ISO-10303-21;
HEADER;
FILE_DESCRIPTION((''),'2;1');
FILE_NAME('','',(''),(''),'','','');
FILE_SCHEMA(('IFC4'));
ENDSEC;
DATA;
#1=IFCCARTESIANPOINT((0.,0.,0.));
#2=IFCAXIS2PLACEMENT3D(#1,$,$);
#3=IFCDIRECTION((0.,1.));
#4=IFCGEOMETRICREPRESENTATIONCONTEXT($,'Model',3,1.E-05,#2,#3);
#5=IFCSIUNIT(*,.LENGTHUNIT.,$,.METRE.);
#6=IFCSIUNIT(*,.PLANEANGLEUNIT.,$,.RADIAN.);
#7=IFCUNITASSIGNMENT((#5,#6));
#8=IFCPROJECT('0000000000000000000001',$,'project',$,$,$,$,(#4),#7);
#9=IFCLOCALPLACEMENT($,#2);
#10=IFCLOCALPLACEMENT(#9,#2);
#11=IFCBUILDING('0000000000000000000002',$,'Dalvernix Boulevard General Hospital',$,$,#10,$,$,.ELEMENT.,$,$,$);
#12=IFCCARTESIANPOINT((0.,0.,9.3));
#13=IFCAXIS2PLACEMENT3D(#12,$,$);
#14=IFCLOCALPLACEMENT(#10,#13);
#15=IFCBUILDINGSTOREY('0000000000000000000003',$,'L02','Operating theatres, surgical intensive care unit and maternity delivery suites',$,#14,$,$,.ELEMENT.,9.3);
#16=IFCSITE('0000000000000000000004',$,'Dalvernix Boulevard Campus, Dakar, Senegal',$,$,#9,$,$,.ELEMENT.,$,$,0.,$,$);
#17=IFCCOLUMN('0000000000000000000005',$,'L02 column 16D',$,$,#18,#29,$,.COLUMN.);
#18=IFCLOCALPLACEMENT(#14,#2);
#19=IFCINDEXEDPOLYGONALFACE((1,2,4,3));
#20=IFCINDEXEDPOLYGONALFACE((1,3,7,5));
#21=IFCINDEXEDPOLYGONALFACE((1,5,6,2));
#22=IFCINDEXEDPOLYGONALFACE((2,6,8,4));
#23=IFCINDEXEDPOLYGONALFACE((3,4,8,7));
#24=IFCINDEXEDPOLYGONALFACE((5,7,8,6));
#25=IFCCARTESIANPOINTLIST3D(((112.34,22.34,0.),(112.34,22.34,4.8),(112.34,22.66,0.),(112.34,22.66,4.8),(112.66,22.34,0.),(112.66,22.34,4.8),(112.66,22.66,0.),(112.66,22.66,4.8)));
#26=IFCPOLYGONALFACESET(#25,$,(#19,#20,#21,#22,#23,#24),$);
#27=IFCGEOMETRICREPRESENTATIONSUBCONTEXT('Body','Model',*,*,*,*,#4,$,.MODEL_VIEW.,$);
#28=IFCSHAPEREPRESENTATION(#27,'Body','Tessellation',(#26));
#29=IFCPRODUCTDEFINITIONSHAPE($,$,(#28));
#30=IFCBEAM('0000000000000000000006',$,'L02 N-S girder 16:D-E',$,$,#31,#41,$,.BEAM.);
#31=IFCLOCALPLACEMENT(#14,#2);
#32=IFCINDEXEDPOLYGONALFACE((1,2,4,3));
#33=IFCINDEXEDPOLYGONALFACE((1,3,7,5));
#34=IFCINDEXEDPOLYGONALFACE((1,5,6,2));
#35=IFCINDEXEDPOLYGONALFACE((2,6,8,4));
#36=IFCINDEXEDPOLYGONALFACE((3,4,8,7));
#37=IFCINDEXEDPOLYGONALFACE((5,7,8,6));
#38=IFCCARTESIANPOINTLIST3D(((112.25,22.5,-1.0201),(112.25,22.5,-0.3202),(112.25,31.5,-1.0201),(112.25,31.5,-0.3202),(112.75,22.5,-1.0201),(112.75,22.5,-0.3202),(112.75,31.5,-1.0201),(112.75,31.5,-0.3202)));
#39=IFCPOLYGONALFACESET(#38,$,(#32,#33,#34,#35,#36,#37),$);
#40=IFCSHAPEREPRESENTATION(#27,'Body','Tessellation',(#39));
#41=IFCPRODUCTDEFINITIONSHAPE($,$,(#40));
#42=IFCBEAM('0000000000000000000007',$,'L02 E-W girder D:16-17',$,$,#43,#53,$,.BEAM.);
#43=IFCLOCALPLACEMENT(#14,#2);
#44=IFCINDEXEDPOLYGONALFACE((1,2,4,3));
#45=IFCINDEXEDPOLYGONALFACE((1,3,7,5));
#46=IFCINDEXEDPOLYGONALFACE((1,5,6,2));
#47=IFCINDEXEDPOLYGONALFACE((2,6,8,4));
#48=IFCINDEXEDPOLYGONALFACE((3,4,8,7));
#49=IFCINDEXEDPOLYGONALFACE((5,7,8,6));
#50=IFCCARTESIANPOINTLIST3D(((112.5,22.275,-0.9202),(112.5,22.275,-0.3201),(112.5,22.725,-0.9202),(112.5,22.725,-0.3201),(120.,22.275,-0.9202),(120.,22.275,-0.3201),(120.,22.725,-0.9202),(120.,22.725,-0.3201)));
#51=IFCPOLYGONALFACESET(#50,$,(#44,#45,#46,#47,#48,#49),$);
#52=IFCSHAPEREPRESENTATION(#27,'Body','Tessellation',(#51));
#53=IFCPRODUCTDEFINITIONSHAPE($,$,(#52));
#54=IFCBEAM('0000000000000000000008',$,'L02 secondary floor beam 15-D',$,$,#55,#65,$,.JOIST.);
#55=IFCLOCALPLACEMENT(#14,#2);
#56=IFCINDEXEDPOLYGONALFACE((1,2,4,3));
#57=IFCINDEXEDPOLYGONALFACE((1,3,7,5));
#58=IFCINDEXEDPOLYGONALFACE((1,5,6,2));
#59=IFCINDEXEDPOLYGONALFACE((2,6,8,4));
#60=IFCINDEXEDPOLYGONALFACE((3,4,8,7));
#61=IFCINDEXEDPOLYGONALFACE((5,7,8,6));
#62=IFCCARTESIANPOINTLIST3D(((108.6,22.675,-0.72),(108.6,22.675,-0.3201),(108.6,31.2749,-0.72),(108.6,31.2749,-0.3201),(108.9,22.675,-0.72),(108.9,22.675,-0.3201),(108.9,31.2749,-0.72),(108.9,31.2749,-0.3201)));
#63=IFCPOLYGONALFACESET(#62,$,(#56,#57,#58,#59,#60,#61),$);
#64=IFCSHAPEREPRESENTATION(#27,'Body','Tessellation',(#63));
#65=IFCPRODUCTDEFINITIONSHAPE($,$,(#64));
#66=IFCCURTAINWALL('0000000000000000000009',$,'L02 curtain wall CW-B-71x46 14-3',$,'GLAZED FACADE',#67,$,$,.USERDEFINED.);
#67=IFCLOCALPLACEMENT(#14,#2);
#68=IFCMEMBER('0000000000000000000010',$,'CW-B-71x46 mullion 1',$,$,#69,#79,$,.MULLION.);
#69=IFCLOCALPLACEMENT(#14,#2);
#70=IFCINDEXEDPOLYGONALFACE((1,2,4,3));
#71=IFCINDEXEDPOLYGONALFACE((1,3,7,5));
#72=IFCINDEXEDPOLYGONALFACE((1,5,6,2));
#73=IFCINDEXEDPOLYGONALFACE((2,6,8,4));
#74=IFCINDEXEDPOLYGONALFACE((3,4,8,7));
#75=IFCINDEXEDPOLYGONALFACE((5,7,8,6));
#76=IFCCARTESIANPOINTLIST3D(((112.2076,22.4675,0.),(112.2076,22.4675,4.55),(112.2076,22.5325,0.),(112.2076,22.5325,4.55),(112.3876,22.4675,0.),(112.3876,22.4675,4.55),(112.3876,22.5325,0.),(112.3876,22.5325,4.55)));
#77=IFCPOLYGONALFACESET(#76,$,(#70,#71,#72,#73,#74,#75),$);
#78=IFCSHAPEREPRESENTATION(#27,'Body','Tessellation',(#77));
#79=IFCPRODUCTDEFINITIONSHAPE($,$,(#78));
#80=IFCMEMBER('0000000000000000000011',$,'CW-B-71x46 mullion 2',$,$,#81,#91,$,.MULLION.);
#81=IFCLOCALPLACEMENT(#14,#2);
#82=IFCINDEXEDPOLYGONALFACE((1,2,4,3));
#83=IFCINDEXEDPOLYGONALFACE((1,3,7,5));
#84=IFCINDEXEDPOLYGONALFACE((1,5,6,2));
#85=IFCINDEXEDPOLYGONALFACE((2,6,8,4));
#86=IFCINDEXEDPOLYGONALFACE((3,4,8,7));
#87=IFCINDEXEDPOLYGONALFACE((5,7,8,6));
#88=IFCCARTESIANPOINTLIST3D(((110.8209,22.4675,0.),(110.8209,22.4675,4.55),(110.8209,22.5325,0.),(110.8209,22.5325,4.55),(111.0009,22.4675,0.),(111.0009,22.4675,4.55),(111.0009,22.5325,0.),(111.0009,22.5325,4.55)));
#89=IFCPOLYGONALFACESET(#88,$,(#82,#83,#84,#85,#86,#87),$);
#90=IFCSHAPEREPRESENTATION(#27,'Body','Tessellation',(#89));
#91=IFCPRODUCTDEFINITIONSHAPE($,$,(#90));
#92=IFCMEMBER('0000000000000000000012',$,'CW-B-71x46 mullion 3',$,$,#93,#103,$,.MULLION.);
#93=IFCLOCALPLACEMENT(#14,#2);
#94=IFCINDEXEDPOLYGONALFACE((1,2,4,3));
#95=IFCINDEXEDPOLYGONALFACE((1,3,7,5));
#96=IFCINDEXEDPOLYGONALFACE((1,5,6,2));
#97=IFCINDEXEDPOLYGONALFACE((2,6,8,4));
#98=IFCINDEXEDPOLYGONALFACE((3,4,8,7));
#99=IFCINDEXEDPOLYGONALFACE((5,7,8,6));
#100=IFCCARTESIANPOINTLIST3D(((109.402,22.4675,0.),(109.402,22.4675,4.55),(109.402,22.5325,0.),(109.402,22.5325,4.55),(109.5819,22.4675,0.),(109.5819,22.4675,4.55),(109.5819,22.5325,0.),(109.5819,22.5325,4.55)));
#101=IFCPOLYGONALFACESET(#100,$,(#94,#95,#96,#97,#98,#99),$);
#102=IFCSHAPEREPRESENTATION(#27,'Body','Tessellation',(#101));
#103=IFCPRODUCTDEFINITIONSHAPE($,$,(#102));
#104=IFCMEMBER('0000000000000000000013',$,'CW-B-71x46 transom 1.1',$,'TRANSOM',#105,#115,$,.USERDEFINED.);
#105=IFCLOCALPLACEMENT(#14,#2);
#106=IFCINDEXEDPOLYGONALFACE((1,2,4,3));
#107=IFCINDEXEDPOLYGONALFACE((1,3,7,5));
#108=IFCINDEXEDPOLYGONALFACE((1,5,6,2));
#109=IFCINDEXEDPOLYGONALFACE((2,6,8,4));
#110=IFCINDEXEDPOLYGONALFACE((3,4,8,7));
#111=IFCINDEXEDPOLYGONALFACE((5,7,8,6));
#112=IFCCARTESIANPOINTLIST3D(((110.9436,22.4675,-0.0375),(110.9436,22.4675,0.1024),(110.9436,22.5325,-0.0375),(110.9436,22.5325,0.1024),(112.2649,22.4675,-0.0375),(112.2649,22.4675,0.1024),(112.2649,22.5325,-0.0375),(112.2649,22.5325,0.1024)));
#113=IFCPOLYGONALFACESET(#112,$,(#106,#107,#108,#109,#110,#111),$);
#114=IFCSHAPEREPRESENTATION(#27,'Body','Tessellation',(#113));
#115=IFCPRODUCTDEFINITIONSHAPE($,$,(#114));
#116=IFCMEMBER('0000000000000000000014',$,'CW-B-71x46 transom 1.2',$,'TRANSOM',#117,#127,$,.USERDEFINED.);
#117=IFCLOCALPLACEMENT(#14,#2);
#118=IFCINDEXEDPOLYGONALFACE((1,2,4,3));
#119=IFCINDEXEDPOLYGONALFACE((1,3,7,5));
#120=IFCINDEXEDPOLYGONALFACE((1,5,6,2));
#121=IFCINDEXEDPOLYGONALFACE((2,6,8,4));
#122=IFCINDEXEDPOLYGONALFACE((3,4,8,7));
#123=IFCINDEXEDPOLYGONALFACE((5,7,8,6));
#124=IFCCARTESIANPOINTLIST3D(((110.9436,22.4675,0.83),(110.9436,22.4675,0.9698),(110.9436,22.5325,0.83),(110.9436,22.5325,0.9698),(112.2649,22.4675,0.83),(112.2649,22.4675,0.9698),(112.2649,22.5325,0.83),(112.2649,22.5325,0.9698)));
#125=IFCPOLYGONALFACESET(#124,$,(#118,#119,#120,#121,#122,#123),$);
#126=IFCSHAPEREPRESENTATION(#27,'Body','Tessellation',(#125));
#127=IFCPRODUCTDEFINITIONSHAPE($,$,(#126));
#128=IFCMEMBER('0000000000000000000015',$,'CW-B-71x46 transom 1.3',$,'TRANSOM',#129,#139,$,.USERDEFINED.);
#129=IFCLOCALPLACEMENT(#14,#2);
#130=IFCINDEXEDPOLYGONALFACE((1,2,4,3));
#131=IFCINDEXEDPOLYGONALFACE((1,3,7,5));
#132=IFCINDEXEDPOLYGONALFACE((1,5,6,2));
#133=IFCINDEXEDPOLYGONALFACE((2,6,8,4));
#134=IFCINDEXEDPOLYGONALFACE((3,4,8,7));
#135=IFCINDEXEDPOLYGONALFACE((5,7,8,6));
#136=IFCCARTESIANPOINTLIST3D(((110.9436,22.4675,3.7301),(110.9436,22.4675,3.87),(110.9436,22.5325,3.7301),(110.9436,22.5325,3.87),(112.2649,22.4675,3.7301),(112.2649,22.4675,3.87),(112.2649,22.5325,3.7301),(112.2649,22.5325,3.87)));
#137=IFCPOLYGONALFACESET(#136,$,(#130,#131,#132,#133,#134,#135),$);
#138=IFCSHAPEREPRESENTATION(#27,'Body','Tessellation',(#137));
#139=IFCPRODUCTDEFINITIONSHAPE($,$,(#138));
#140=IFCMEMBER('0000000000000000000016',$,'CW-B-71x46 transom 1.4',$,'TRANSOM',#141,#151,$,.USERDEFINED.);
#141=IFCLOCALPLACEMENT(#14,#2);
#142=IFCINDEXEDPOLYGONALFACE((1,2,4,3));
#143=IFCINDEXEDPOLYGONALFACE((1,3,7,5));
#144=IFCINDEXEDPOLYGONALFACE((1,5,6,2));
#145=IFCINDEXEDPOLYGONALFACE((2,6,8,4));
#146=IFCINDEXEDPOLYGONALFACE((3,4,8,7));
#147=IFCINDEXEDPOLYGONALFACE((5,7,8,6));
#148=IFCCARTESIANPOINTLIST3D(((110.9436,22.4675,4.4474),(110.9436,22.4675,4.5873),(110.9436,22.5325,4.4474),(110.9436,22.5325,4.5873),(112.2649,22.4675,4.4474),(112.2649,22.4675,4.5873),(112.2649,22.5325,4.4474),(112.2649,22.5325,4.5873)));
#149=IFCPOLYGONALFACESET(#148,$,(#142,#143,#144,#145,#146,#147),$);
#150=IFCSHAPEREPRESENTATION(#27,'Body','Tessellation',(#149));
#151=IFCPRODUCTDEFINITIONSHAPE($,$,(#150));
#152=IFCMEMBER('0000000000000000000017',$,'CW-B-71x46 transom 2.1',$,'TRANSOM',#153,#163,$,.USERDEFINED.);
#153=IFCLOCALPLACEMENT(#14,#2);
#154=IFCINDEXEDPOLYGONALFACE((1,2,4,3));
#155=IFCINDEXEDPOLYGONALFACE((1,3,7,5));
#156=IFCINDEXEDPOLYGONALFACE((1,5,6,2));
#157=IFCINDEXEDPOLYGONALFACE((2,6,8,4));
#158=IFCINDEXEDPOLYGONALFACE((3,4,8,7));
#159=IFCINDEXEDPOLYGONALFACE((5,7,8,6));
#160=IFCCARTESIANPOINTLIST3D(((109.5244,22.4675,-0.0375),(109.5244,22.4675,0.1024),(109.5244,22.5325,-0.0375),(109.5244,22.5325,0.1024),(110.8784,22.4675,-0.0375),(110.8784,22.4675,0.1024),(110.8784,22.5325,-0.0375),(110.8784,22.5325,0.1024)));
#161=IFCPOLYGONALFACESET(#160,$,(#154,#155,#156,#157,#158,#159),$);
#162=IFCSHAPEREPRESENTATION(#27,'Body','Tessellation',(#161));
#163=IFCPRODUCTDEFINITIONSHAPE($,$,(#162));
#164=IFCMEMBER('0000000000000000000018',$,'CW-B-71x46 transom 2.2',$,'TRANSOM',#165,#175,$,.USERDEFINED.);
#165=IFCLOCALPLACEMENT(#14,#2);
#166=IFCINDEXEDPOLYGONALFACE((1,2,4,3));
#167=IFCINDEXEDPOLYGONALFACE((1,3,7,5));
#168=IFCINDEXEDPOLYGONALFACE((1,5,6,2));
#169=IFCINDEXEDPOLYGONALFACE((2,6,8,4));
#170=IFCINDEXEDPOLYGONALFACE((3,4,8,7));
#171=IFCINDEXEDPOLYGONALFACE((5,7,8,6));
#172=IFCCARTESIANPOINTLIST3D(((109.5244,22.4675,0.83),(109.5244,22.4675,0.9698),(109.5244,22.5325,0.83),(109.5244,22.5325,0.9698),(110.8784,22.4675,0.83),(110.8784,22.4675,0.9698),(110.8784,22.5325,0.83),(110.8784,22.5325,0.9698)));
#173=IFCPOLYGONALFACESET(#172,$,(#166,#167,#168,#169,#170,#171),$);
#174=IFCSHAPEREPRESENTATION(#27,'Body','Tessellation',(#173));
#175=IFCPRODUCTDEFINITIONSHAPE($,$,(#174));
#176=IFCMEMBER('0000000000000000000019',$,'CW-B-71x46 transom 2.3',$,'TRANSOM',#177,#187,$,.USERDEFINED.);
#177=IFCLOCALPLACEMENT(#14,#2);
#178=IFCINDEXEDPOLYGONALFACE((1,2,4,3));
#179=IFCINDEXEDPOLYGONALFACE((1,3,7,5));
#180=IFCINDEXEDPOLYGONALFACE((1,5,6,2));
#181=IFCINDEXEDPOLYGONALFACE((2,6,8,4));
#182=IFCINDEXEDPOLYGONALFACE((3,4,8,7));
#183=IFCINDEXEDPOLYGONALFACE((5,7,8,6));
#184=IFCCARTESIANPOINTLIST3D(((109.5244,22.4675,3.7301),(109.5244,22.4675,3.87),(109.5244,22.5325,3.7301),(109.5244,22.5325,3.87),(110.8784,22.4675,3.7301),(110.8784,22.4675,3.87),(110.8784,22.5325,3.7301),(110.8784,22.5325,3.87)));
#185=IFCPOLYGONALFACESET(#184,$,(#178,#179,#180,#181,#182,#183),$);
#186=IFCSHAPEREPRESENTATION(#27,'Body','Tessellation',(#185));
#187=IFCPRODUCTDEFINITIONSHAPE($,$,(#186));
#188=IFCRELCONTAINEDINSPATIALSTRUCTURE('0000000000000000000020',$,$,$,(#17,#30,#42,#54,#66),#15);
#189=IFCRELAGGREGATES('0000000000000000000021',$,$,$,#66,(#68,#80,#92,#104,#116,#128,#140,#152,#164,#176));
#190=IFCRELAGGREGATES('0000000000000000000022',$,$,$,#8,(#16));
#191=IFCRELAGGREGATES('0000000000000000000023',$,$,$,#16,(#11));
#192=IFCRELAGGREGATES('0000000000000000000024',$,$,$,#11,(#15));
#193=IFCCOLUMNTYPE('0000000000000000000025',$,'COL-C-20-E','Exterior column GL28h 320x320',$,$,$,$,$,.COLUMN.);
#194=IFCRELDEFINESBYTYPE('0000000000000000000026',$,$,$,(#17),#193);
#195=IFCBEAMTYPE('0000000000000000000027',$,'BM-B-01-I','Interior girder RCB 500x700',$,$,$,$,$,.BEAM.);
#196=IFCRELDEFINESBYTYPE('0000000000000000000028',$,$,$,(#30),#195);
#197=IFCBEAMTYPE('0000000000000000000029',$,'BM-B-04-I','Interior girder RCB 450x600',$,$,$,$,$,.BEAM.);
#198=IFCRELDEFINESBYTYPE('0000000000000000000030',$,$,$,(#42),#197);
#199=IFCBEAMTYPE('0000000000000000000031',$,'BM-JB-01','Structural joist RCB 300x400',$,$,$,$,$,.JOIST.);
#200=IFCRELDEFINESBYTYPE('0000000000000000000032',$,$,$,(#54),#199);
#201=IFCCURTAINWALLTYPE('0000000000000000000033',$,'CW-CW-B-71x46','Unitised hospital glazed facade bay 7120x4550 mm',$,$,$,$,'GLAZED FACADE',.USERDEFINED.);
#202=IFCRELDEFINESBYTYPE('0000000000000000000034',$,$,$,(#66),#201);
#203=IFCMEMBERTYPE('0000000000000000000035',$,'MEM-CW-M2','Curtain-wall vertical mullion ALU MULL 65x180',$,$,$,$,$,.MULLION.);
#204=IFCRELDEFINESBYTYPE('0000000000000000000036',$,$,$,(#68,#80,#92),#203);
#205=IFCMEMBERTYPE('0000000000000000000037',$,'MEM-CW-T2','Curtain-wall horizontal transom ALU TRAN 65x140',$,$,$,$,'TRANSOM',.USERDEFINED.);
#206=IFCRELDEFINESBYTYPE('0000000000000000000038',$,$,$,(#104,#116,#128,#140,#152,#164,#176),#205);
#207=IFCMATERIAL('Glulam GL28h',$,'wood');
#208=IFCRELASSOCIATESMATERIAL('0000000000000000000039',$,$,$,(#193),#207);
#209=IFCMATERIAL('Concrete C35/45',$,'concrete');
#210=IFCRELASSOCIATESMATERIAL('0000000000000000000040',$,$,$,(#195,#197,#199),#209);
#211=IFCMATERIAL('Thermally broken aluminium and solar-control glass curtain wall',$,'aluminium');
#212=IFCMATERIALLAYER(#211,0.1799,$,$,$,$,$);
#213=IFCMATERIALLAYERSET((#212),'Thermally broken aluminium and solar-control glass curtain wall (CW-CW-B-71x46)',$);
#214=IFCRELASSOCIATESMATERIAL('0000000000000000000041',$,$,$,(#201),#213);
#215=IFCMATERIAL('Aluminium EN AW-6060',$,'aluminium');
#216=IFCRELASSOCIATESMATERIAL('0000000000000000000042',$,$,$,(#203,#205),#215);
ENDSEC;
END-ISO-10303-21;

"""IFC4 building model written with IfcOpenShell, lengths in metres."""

from ifc_helpers import new_model, si_unit, direction, frame, origin, origin_2d, place, context, subcontext, project, spatial, rectangle, extrude, material, layer, layer_set, material_profile, profile_set, type_object, element, aggregate, save


model = new_model("IFC4")

# Units and contexts
model_context = context("Model", 3, precision=1e-05, world=origin(), true_north=direction((0.0, 1.0)))
body_context = subcontext(model_context, "Body", "Model", "MODEL_VIEW")
ifc_project = project(units=[si_unit("LENGTHUNIT", "METRE"), si_unit("PLANEANGLEUNIT", "RADIAN")], contexts=[model_context])

# Site, building, storey
site_placement = place(None, origin())
site = spatial("IfcSite", under=ifc_project, at=site_placement, Name="Dalvernix Boulevard Campus, Dakar, Senegal", CompositionType="ELEMENT", RefElevation=0.0)
building_placement = place(site_placement, origin())
building = spatial("IfcBuilding", under=site, at=building_placement, Name="Dalvernix Boulevard General Hospital", CompositionType="ELEMENT")
storey_placement = place(building_placement, frame((0.0, 0.0, 9.3)))
storey = spatial("IfcBuildingStorey", under=building, at=storey_placement, Name="L02", Description="Operating theatres, surgical intensive care unit and maternity delivery suites", CompositionType="ELEMENT", Elevation=9.3)

# Column
ifc_material_1 = material(Name="Glulam GL28h", Category="wood")
ifc_material_profile_1 = material_profile(ifc_material_1, rectangle(XDim=0.3201, YDim=0.3201, at=origin_2d()), Name="GL28h 320x320")
ifc_profile_set_1 = profile_set([ifc_material_profile_1], Name="Glulam GL28h")
column_type = type_object("IfcColumnType", Name="COL-C-20-E", Description="Exterior column GL28h 320x320", PredefinedType="COLUMN", material=ifc_profile_set_1)
column_placement = place(storey_placement, frame((112.5, 22.5, 0.0), z_axis=(0.0, 0.0, 1.0), x_axis=(1.0, 0.0, 0.0)))
element("IfcColumn", 1, at=column_placement, inside=storey, type_object=column_type, Name="L02 column 16D", PredefinedType="COLUMN", context=body_context, shape_type="SweptSolid", body=[
    extrude(rectangle(XDim=0.3201, YDim=0.3201, at=origin_2d()), origin(), (0.0, 0.0, 1.0), 4.8),
])

# Beams
ifc_material_2 = material(Name="Concrete C35/45", Category="concrete")
ifc_material_profile_2 = material_profile(ifc_material_2, rectangle(XDim=0.5, YDim=0.7, at=origin_2d()), Name="RCB 500x700")
ifc_profile_set_2 = profile_set([ifc_material_profile_2], Name="Concrete C35/45")
beam_type_1 = type_object("IfcBeamType", Name="BM-B-01-I", Description="Interior girder RCB 500x700", PredefinedType="BEAM", material=ifc_profile_set_2)
beam_1_placement = place(storey_placement, frame((112.5, 22.5, -0.6702), z_axis=(0.0, 1.0, 0.0), x_axis=(-1.0, 0.0, 0.0)))
element("IfcBeam", 2, at=beam_1_placement, inside=storey, type_object=beam_type_1, Name="L02 N-S girder 16:D-E", PredefinedType="BEAM", context=body_context, shape_type="SweptSolid", body=[
    extrude(rectangle(XDim=0.5, YDim=0.7, at=origin_2d()), origin(), (0.0, 0.0, 1.0), 9.0),
])
ifc_material_profile_3 = material_profile(ifc_material_2, rectangle(XDim=0.45, YDim=0.6001, at=origin_2d()), Name="RCB 450x600")
ifc_profile_set_3 = profile_set([ifc_material_profile_3], Name="Concrete C35/45")
beam_type_2 = type_object("IfcBeamType", Name="BM-B-04-I", Description="Interior girder RCB 450x600", PredefinedType="BEAM", material=ifc_profile_set_3)
beam_2_placement = place(storey_placement, frame((112.5, 22.5, -0.6201), z_axis=(1.0, 0.0, 0.0), x_axis=(0.0, 1.0, 0.0)))
element("IfcBeam", 3, at=beam_2_placement, inside=storey, type_object=beam_type_2, Name="L02 E-W girder D:16-17", PredefinedType="BEAM", context=body_context, shape_type="SweptSolid", body=[
    extrude(rectangle(XDim=0.45, YDim=0.6001, at=origin_2d()), origin(), (0.0, 0.0, 1.0), 7.5),
])
ifc_material_profile_4 = material_profile(ifc_material_2, rectangle(XDim=0.3, YDim=0.3999, at=origin_2d()), Name="RCB 300x400")
ifc_profile_set_4 = profile_set([ifc_material_profile_4], Name="Concrete C35/45")
beam_type_3 = type_object("IfcBeamType", Name="BM-JB-01", Description="Structural joist RCB 300x400", PredefinedType="JOIST", material=ifc_profile_set_4)
beam_3_placement = place(storey_placement, frame((108.75, 22.675, -0.52), z_axis=(0.0, 1.0, 0.0), x_axis=(-1.0, 0.0, 0.0)))
element("IfcBeam", 4, at=beam_3_placement, inside=storey, type_object=beam_type_3, Name="L02 secondary floor beam 15-D", PredefinedType="JOIST", context=body_context, shape_type="SweptSolid", body=[
    extrude(rectangle(XDim=0.3, YDim=0.3999, at=origin_2d()), origin(), (0.0, 0.0, 1.0), 8.5999),
])

# Curtain wall, members
ifc_material_3 = material(Name="Thermally broken aluminium and solar-control glass curtain wall", Category="aluminium")
ifc_layer_1 = layer(ifc_material_3, 0.1799)
ifc_layer_set_1 = layer_set([ifc_layer_1], Name="Thermally broken aluminium and solar-control glass curtain wall (CW-CW-B-71x46)")
curtain_wall_type = type_object("IfcCurtainWallType", Name="CW-CW-B-71x46", Description="Unitised hospital glazed facade bay 7120x4550 mm", ElementType="GLAZED FACADE", PredefinedType="USERDEFINED", material=ifc_layer_set_1)
curtain_wall_placement = place(storey_placement, origin())
curtain_wall = element("IfcCurtainWall", 5, at=curtain_wall_placement, inside=storey, type_object=curtain_wall_type, Name="L02 curtain wall CW-B-71x46 14-3", ObjectType="GLAZED FACADE", PredefinedType="USERDEFINED")
ifc_material_4 = material(Name="Aluminium EN AW-6060", Category="aluminium")
ifc_material_profile_5 = material_profile(ifc_material_4, rectangle(XDim=0.0649, YDim=0.1799, at=origin_2d()), Name="ALU MULL 65x180")
ifc_profile_set_5 = profile_set([ifc_material_profile_5], Name="Aluminium EN AW-6060")
member_type_1 = type_object("IfcMemberType", Name="MEM-CW-M2", Description="Curtain-wall vertical mullion ALU MULL 65x180", PredefinedType="MULLION", material=ifc_profile_set_5)
member_1_placement = place(storey_placement, frame((112.2976, 22.5, 0.0), z_axis=(0.0, 0.0, 1.0), x_axis=(0.0, -1.0, 0.0)))
member_1 = element("IfcMember", 6, at=member_1_placement, type_object=member_type_1, Name="CW-B-71x46 mullion 1", PredefinedType="MULLION", context=body_context, shape_type="SweptSolid", body=[
    extrude(rectangle(XDim=0.0649, YDim=0.1799, at=origin_2d()), origin(), (0.0, 0.0, 1.0), 4.55),
])
member_2_placement = place(storey_placement, frame((110.9109, 22.5, 0.0), z_axis=(0.0, 0.0, 1.0), x_axis=(0.0, -1.0, 0.0)))
member_2 = element("IfcMember", 7, at=member_2_placement, type_object=member_type_1, Name="CW-B-71x46 mullion 2", PredefinedType="MULLION", context=body_context, shape_type="SweptSolid", body=[
    extrude(rectangle(XDim=0.0649, YDim=0.1799, at=origin_2d()), origin(), (0.0, 0.0, 1.0), 4.55),
])
member_3_placement = place(storey_placement, frame((109.4919, 22.5, 0.0), z_axis=(0.0, 0.0, 1.0), x_axis=(0.0, -1.0, 0.0)))
member_3 = element("IfcMember", 8, at=member_3_placement, type_object=member_type_1, Name="CW-B-71x46 mullion 3", PredefinedType="MULLION", context=body_context, shape_type="SweptSolid", body=[
    extrude(rectangle(XDim=0.0649, YDim=0.1799, at=origin_2d()), origin(), (0.0, 0.0, 1.0), 4.55),
])
ifc_material_profile_6 = material_profile(ifc_material_4, rectangle(XDim=0.0649, YDim=0.1399, at=origin_2d()), Name="ALU TRAN 65x140")
ifc_profile_set_6 = profile_set([ifc_material_profile_6], Name="Aluminium EN AW-6060")
member_type_2 = type_object("IfcMemberType", Name="MEM-CW-T2", Description="Curtain-wall horizontal transom ALU TRAN 65x140", ElementType="TRANSOM", PredefinedType="USERDEFINED", material=ifc_profile_set_6)
member_4_placement = place(storey_placement, frame((112.2649, 22.5, 0.0325), z_axis=(-1.0, 0.0, 0.0), x_axis=(0.0, -1.0, 0.0)))
member_4 = element("IfcMember", 9, at=member_4_placement, type_object=member_type_2, Name="CW-B-71x46 transom 1.1", ObjectType="TRANSOM", PredefinedType="USERDEFINED", context=body_context, shape_type="SweptSolid", body=[
    extrude(rectangle(XDim=0.0649, YDim=0.1399, at=origin_2d()), origin(), (0.0, 0.0, 1.0), 1.3213),
])
member_5_placement = place(storey_placement, frame((112.2649, 22.5, 0.8999), z_axis=(-1.0, 0.0, 0.0), x_axis=(0.0, -1.0, 0.0)))
member_5 = element("IfcMember", 10, at=member_5_placement, type_object=member_type_2, Name="CW-B-71x46 transom 1.2", ObjectType="TRANSOM", PredefinedType="USERDEFINED", context=body_context, shape_type="SweptSolid", body=[
    extrude(rectangle(XDim=0.0649, YDim=0.1399, at=origin_2d()), origin(), (0.0, 0.0, 1.0), 1.3213),
])
member_6_placement = place(storey_placement, frame((112.2649, 22.5, 3.8), z_axis=(-1.0, 0.0, 0.0), x_axis=(0.0, -1.0, 0.0)))
member_6 = element("IfcMember", 11, at=member_6_placement, type_object=member_type_2, Name="CW-B-71x46 transom 1.3", ObjectType="TRANSOM", PredefinedType="USERDEFINED", context=body_context, shape_type="SweptSolid", body=[
    extrude(rectangle(XDim=0.0649, YDim=0.1399, at=origin_2d()), origin(), (0.0, 0.0, 1.0), 1.3213),
])
member_7_placement = place(storey_placement, frame((112.2649, 22.5, 4.5173), z_axis=(-1.0, 0.0, 0.0), x_axis=(0.0, -1.0, 0.0)))
member_7 = element("IfcMember", 12, at=member_7_placement, type_object=member_type_2, Name="CW-B-71x46 transom 1.4", ObjectType="TRANSOM", PredefinedType="USERDEFINED", context=body_context, shape_type="SweptSolid", body=[
    extrude(rectangle(XDim=0.0649, YDim=0.1399, at=origin_2d()), origin(), (0.0, 0.0, 1.0), 1.3213),
])
member_8_placement = place(storey_placement, frame((110.8784, 22.5, 0.0325), z_axis=(-1.0, 0.0, 0.0), x_axis=(0.0, -1.0, 0.0)))
member_8 = element("IfcMember", 13, at=member_8_placement, type_object=member_type_2, Name="CW-B-71x46 transom 2.1", ObjectType="TRANSOM", PredefinedType="USERDEFINED", context=body_context, shape_type="SweptSolid", body=[
    extrude(rectangle(XDim=0.0649, YDim=0.1399, at=origin_2d()), origin(), (0.0, 0.0, 1.0), 1.354),
])
member_9_placement = place(storey_placement, frame((110.8784, 22.5, 0.8999), z_axis=(-1.0, 0.0, 0.0), x_axis=(0.0, -1.0, 0.0)))
member_9 = element("IfcMember", 14, at=member_9_placement, type_object=member_type_2, Name="CW-B-71x46 transom 2.2", ObjectType="TRANSOM", PredefinedType="USERDEFINED", context=body_context, shape_type="SweptSolid", body=[
    extrude(rectangle(XDim=0.0649, YDim=0.1399, at=origin_2d()), origin(), (0.0, 0.0, 1.0), 1.354),
])
member_10_placement = place(storey_placement, frame((110.8784, 22.5, 3.8), z_axis=(-1.0, 0.0, 0.0), x_axis=(0.0, -1.0, 0.0)))
member_10 = element("IfcMember", 15, at=member_10_placement, type_object=member_type_2, Name="CW-B-71x46 transom 2.3", ObjectType="TRANSOM", PredefinedType="USERDEFINED", context=body_context, shape_type="SweptSolid", body=[
    extrude(rectangle(XDim=0.0649, YDim=0.1399, at=origin_2d()), origin(), (0.0, 0.0, 1.0), 1.354),
])
aggregate(curtain_wall, [member_1, member_2, member_3, member_4, member_5, member_6, member_7, member_8, member_9, member_10])

save(model, "model.ifc")
